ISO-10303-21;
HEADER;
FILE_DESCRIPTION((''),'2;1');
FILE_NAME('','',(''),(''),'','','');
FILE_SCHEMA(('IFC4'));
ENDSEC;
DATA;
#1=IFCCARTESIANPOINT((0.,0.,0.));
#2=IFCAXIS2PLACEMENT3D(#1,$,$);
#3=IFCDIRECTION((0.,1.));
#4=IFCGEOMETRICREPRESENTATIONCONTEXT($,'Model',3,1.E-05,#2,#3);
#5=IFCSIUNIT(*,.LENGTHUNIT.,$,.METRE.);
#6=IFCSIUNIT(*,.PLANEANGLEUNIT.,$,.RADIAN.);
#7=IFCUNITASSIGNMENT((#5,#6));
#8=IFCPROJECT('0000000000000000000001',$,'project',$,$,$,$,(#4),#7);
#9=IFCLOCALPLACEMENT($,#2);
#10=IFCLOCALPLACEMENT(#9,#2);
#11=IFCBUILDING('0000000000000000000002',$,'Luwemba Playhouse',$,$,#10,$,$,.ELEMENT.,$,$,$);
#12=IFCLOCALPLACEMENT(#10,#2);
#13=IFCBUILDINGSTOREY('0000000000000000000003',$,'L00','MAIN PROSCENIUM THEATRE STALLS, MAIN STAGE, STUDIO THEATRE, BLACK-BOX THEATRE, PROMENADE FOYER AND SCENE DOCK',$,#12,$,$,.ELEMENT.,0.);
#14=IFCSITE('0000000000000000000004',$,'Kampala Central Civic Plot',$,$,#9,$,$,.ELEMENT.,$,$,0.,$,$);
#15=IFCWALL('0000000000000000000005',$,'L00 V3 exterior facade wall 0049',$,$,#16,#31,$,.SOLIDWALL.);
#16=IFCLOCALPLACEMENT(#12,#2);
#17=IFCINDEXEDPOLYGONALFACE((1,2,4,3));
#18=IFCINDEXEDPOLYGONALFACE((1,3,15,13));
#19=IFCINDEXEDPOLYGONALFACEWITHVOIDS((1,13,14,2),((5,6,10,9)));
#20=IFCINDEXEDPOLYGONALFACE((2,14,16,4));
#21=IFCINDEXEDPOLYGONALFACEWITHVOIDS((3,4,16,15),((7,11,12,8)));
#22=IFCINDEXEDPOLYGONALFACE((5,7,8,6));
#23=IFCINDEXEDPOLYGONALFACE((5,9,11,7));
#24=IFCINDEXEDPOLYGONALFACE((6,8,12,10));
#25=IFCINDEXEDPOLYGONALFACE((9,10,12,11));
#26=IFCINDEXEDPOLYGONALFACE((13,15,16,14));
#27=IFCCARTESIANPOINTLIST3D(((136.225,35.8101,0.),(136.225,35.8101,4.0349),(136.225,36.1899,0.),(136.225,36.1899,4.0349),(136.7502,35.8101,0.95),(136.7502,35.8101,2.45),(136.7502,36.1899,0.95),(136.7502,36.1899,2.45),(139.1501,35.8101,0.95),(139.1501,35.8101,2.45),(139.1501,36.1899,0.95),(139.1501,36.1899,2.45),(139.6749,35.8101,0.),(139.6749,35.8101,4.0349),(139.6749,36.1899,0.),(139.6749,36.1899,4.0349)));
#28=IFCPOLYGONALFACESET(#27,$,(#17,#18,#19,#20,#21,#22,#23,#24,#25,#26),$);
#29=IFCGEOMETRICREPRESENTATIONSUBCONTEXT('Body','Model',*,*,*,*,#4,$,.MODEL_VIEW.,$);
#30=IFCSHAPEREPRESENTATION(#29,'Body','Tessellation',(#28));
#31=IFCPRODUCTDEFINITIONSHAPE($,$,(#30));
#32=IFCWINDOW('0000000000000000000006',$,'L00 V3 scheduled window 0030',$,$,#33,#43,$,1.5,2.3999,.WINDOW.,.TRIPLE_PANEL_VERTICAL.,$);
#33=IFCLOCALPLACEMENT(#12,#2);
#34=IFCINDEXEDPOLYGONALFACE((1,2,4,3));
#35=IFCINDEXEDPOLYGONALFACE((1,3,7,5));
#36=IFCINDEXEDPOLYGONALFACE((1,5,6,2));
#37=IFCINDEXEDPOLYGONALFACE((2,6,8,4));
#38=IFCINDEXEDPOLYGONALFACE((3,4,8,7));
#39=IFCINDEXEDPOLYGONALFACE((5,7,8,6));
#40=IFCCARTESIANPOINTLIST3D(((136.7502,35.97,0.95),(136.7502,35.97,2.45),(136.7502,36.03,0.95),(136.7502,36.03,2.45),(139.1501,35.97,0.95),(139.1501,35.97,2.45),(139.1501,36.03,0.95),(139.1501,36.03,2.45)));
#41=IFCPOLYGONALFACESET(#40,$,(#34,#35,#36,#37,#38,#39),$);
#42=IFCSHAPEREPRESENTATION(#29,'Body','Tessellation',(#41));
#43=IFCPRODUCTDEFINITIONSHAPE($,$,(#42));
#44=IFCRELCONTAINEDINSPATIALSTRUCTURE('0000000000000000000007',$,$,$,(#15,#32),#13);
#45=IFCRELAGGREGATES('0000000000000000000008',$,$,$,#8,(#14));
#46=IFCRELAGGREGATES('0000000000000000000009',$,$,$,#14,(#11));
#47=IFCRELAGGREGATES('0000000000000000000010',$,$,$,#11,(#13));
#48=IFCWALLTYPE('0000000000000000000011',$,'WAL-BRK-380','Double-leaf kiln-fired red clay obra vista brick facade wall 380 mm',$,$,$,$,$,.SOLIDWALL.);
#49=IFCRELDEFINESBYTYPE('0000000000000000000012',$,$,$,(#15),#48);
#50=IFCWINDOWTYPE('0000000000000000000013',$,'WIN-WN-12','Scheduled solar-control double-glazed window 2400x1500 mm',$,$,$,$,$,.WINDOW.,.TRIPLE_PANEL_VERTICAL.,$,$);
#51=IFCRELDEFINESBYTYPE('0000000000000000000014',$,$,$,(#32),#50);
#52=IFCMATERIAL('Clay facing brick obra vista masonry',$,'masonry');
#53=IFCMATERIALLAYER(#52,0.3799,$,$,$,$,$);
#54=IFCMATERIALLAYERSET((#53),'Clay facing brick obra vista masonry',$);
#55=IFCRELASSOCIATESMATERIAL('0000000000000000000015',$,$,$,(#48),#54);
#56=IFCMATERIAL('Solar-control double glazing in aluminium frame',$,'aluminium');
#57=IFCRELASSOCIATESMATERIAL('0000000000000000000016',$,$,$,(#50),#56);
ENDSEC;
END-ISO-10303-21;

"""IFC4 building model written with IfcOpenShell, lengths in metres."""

from ifc_helpers import new_model, si_unit, direction, frame, frame_2d, origin, place, context, subcontext, project, spatial, rectangle, extrude, material, layer, layer_set, type_object, element, fill, save


model = new_model("IFC4")

# Units and contexts
model_context = context("Model", 3, precision=1e-05, world=origin(), true_north=direction((0.0, 1.0)))
body_context = subcontext(model_context, "Body", "Model", "MODEL_VIEW")
ifc_project = project(units=[si_unit("LENGTHUNIT", "METRE"), si_unit("PLANEANGLEUNIT", "RADIAN")], contexts=[model_context])

# Site, building, storey
site_placement = place(None, origin())
site = spatial("IfcSite", under=ifc_project, at=site_placement, Name="Kampala Central Civic Plot", CompositionType="ELEMENT", RefElevation=0.0)
building_placement = place(site_placement, origin())
building = spatial("IfcBuilding", under=site, at=building_placement, Name="Luwemba Playhouse", CompositionType="ELEMENT")
storey_placement = place(building_placement, origin())
storey = spatial("IfcBuildingStorey", under=building, at=storey_placement, Name="L00", Description="MAIN PROSCENIUM THEATRE STALLS, MAIN STAGE, STUDIO THEATRE, BLACK-BOX THEATRE, PROMENADE FOYER AND SCENE DOCK", CompositionType="ELEMENT", Elevation=0.0)

# Wall, opening, window
ifc_material_1 = material(Name="Clay facing brick obra vista masonry", Category="masonry")
ifc_layer_1 = layer(ifc_material_1, 0.3799)
ifc_layer_set_1 = layer_set([ifc_layer_1], Name="Clay facing brick obra vista masonry")
wall_type = type_object("IfcWallType", Name="WAL-BRK-380", Description="Double-leaf kiln-fired red clay obra vista brick facade wall 380 mm", PredefinedType="SOLIDWALL", material=ifc_layer_set_1)
wall_placement = place(storey_placement, frame((139.675, 36.0, 0.0), z_axis=(0.0, 0.0, 1.0), x_axis=(-1.0, 0.0, 0.0)))
wall = element("IfcWall", 1, at=wall_placement, inside=storey, type_object=wall_type, Name="L00 V3 exterior facade wall 0049", PredefinedType="SOLIDWALL", context=body_context, shape_type="SweptSolid", body=[
    extrude(rectangle(XDim=3.45, YDim=0.3799, at=frame_2d((1.7251, 0.0))), origin(), (0.0, 0.0, 1.0), 4.0349),
])
opening_placement = place(wall_placement, frame((0.5249, 0.0, 0.95)))
opening = element("IfcOpeningElement", 2, at=opening_placement, cuts=wall, PredefinedType="OPENING", context=body_context, shape_type="SweptSolid", body=[
    extrude(rectangle(XDim=2.3999, YDim=1.5, at=frame_2d((1.2, 0.75))), frame((0.0, 0.2, 0.0), z_axis=(0.0, -1.0, 0.0), x_axis=(1.0, 0.0, 0.0)), (0.0, 0.0, 1.0), 0.3999),
])
ifc_material_2 = material(Name="Solar-control double glazing in aluminium frame", Category="aluminium")
window_type = type_object("IfcWindowType", Name="WIN-WN-12", Description="Scheduled solar-control double-glazed window 2400x1500 mm", PartitioningType="TRIPLE_PANEL_VERTICAL", PredefinedType="WINDOW", material=ifc_material_2)
window_placement = place(opening_placement, origin())
window = element("IfcWindow", 3, at=window_placement, inside=storey, type_object=window_type, Name="L00 V3 scheduled window 0030", OverallHeight=1.5, OverallWidth=2.3999, PartitioningType="TRIPLE_PANEL_VERTICAL", PredefinedType="WINDOW", context=body_context, shape_type="SweptSolid", body=[
    extrude(rectangle(XDim=2.3999, YDim=1.5, at=frame_2d((1.2, 0.75))), frame((0.0, 0.03, 0.0), z_axis=(0.0, -1.0, 0.0), x_axis=(1.0, 0.0, 0.0)), (0.0, 0.0, 1.0), 0.0601),
])
fill(opening, window)

save(model, "model.ifc")
